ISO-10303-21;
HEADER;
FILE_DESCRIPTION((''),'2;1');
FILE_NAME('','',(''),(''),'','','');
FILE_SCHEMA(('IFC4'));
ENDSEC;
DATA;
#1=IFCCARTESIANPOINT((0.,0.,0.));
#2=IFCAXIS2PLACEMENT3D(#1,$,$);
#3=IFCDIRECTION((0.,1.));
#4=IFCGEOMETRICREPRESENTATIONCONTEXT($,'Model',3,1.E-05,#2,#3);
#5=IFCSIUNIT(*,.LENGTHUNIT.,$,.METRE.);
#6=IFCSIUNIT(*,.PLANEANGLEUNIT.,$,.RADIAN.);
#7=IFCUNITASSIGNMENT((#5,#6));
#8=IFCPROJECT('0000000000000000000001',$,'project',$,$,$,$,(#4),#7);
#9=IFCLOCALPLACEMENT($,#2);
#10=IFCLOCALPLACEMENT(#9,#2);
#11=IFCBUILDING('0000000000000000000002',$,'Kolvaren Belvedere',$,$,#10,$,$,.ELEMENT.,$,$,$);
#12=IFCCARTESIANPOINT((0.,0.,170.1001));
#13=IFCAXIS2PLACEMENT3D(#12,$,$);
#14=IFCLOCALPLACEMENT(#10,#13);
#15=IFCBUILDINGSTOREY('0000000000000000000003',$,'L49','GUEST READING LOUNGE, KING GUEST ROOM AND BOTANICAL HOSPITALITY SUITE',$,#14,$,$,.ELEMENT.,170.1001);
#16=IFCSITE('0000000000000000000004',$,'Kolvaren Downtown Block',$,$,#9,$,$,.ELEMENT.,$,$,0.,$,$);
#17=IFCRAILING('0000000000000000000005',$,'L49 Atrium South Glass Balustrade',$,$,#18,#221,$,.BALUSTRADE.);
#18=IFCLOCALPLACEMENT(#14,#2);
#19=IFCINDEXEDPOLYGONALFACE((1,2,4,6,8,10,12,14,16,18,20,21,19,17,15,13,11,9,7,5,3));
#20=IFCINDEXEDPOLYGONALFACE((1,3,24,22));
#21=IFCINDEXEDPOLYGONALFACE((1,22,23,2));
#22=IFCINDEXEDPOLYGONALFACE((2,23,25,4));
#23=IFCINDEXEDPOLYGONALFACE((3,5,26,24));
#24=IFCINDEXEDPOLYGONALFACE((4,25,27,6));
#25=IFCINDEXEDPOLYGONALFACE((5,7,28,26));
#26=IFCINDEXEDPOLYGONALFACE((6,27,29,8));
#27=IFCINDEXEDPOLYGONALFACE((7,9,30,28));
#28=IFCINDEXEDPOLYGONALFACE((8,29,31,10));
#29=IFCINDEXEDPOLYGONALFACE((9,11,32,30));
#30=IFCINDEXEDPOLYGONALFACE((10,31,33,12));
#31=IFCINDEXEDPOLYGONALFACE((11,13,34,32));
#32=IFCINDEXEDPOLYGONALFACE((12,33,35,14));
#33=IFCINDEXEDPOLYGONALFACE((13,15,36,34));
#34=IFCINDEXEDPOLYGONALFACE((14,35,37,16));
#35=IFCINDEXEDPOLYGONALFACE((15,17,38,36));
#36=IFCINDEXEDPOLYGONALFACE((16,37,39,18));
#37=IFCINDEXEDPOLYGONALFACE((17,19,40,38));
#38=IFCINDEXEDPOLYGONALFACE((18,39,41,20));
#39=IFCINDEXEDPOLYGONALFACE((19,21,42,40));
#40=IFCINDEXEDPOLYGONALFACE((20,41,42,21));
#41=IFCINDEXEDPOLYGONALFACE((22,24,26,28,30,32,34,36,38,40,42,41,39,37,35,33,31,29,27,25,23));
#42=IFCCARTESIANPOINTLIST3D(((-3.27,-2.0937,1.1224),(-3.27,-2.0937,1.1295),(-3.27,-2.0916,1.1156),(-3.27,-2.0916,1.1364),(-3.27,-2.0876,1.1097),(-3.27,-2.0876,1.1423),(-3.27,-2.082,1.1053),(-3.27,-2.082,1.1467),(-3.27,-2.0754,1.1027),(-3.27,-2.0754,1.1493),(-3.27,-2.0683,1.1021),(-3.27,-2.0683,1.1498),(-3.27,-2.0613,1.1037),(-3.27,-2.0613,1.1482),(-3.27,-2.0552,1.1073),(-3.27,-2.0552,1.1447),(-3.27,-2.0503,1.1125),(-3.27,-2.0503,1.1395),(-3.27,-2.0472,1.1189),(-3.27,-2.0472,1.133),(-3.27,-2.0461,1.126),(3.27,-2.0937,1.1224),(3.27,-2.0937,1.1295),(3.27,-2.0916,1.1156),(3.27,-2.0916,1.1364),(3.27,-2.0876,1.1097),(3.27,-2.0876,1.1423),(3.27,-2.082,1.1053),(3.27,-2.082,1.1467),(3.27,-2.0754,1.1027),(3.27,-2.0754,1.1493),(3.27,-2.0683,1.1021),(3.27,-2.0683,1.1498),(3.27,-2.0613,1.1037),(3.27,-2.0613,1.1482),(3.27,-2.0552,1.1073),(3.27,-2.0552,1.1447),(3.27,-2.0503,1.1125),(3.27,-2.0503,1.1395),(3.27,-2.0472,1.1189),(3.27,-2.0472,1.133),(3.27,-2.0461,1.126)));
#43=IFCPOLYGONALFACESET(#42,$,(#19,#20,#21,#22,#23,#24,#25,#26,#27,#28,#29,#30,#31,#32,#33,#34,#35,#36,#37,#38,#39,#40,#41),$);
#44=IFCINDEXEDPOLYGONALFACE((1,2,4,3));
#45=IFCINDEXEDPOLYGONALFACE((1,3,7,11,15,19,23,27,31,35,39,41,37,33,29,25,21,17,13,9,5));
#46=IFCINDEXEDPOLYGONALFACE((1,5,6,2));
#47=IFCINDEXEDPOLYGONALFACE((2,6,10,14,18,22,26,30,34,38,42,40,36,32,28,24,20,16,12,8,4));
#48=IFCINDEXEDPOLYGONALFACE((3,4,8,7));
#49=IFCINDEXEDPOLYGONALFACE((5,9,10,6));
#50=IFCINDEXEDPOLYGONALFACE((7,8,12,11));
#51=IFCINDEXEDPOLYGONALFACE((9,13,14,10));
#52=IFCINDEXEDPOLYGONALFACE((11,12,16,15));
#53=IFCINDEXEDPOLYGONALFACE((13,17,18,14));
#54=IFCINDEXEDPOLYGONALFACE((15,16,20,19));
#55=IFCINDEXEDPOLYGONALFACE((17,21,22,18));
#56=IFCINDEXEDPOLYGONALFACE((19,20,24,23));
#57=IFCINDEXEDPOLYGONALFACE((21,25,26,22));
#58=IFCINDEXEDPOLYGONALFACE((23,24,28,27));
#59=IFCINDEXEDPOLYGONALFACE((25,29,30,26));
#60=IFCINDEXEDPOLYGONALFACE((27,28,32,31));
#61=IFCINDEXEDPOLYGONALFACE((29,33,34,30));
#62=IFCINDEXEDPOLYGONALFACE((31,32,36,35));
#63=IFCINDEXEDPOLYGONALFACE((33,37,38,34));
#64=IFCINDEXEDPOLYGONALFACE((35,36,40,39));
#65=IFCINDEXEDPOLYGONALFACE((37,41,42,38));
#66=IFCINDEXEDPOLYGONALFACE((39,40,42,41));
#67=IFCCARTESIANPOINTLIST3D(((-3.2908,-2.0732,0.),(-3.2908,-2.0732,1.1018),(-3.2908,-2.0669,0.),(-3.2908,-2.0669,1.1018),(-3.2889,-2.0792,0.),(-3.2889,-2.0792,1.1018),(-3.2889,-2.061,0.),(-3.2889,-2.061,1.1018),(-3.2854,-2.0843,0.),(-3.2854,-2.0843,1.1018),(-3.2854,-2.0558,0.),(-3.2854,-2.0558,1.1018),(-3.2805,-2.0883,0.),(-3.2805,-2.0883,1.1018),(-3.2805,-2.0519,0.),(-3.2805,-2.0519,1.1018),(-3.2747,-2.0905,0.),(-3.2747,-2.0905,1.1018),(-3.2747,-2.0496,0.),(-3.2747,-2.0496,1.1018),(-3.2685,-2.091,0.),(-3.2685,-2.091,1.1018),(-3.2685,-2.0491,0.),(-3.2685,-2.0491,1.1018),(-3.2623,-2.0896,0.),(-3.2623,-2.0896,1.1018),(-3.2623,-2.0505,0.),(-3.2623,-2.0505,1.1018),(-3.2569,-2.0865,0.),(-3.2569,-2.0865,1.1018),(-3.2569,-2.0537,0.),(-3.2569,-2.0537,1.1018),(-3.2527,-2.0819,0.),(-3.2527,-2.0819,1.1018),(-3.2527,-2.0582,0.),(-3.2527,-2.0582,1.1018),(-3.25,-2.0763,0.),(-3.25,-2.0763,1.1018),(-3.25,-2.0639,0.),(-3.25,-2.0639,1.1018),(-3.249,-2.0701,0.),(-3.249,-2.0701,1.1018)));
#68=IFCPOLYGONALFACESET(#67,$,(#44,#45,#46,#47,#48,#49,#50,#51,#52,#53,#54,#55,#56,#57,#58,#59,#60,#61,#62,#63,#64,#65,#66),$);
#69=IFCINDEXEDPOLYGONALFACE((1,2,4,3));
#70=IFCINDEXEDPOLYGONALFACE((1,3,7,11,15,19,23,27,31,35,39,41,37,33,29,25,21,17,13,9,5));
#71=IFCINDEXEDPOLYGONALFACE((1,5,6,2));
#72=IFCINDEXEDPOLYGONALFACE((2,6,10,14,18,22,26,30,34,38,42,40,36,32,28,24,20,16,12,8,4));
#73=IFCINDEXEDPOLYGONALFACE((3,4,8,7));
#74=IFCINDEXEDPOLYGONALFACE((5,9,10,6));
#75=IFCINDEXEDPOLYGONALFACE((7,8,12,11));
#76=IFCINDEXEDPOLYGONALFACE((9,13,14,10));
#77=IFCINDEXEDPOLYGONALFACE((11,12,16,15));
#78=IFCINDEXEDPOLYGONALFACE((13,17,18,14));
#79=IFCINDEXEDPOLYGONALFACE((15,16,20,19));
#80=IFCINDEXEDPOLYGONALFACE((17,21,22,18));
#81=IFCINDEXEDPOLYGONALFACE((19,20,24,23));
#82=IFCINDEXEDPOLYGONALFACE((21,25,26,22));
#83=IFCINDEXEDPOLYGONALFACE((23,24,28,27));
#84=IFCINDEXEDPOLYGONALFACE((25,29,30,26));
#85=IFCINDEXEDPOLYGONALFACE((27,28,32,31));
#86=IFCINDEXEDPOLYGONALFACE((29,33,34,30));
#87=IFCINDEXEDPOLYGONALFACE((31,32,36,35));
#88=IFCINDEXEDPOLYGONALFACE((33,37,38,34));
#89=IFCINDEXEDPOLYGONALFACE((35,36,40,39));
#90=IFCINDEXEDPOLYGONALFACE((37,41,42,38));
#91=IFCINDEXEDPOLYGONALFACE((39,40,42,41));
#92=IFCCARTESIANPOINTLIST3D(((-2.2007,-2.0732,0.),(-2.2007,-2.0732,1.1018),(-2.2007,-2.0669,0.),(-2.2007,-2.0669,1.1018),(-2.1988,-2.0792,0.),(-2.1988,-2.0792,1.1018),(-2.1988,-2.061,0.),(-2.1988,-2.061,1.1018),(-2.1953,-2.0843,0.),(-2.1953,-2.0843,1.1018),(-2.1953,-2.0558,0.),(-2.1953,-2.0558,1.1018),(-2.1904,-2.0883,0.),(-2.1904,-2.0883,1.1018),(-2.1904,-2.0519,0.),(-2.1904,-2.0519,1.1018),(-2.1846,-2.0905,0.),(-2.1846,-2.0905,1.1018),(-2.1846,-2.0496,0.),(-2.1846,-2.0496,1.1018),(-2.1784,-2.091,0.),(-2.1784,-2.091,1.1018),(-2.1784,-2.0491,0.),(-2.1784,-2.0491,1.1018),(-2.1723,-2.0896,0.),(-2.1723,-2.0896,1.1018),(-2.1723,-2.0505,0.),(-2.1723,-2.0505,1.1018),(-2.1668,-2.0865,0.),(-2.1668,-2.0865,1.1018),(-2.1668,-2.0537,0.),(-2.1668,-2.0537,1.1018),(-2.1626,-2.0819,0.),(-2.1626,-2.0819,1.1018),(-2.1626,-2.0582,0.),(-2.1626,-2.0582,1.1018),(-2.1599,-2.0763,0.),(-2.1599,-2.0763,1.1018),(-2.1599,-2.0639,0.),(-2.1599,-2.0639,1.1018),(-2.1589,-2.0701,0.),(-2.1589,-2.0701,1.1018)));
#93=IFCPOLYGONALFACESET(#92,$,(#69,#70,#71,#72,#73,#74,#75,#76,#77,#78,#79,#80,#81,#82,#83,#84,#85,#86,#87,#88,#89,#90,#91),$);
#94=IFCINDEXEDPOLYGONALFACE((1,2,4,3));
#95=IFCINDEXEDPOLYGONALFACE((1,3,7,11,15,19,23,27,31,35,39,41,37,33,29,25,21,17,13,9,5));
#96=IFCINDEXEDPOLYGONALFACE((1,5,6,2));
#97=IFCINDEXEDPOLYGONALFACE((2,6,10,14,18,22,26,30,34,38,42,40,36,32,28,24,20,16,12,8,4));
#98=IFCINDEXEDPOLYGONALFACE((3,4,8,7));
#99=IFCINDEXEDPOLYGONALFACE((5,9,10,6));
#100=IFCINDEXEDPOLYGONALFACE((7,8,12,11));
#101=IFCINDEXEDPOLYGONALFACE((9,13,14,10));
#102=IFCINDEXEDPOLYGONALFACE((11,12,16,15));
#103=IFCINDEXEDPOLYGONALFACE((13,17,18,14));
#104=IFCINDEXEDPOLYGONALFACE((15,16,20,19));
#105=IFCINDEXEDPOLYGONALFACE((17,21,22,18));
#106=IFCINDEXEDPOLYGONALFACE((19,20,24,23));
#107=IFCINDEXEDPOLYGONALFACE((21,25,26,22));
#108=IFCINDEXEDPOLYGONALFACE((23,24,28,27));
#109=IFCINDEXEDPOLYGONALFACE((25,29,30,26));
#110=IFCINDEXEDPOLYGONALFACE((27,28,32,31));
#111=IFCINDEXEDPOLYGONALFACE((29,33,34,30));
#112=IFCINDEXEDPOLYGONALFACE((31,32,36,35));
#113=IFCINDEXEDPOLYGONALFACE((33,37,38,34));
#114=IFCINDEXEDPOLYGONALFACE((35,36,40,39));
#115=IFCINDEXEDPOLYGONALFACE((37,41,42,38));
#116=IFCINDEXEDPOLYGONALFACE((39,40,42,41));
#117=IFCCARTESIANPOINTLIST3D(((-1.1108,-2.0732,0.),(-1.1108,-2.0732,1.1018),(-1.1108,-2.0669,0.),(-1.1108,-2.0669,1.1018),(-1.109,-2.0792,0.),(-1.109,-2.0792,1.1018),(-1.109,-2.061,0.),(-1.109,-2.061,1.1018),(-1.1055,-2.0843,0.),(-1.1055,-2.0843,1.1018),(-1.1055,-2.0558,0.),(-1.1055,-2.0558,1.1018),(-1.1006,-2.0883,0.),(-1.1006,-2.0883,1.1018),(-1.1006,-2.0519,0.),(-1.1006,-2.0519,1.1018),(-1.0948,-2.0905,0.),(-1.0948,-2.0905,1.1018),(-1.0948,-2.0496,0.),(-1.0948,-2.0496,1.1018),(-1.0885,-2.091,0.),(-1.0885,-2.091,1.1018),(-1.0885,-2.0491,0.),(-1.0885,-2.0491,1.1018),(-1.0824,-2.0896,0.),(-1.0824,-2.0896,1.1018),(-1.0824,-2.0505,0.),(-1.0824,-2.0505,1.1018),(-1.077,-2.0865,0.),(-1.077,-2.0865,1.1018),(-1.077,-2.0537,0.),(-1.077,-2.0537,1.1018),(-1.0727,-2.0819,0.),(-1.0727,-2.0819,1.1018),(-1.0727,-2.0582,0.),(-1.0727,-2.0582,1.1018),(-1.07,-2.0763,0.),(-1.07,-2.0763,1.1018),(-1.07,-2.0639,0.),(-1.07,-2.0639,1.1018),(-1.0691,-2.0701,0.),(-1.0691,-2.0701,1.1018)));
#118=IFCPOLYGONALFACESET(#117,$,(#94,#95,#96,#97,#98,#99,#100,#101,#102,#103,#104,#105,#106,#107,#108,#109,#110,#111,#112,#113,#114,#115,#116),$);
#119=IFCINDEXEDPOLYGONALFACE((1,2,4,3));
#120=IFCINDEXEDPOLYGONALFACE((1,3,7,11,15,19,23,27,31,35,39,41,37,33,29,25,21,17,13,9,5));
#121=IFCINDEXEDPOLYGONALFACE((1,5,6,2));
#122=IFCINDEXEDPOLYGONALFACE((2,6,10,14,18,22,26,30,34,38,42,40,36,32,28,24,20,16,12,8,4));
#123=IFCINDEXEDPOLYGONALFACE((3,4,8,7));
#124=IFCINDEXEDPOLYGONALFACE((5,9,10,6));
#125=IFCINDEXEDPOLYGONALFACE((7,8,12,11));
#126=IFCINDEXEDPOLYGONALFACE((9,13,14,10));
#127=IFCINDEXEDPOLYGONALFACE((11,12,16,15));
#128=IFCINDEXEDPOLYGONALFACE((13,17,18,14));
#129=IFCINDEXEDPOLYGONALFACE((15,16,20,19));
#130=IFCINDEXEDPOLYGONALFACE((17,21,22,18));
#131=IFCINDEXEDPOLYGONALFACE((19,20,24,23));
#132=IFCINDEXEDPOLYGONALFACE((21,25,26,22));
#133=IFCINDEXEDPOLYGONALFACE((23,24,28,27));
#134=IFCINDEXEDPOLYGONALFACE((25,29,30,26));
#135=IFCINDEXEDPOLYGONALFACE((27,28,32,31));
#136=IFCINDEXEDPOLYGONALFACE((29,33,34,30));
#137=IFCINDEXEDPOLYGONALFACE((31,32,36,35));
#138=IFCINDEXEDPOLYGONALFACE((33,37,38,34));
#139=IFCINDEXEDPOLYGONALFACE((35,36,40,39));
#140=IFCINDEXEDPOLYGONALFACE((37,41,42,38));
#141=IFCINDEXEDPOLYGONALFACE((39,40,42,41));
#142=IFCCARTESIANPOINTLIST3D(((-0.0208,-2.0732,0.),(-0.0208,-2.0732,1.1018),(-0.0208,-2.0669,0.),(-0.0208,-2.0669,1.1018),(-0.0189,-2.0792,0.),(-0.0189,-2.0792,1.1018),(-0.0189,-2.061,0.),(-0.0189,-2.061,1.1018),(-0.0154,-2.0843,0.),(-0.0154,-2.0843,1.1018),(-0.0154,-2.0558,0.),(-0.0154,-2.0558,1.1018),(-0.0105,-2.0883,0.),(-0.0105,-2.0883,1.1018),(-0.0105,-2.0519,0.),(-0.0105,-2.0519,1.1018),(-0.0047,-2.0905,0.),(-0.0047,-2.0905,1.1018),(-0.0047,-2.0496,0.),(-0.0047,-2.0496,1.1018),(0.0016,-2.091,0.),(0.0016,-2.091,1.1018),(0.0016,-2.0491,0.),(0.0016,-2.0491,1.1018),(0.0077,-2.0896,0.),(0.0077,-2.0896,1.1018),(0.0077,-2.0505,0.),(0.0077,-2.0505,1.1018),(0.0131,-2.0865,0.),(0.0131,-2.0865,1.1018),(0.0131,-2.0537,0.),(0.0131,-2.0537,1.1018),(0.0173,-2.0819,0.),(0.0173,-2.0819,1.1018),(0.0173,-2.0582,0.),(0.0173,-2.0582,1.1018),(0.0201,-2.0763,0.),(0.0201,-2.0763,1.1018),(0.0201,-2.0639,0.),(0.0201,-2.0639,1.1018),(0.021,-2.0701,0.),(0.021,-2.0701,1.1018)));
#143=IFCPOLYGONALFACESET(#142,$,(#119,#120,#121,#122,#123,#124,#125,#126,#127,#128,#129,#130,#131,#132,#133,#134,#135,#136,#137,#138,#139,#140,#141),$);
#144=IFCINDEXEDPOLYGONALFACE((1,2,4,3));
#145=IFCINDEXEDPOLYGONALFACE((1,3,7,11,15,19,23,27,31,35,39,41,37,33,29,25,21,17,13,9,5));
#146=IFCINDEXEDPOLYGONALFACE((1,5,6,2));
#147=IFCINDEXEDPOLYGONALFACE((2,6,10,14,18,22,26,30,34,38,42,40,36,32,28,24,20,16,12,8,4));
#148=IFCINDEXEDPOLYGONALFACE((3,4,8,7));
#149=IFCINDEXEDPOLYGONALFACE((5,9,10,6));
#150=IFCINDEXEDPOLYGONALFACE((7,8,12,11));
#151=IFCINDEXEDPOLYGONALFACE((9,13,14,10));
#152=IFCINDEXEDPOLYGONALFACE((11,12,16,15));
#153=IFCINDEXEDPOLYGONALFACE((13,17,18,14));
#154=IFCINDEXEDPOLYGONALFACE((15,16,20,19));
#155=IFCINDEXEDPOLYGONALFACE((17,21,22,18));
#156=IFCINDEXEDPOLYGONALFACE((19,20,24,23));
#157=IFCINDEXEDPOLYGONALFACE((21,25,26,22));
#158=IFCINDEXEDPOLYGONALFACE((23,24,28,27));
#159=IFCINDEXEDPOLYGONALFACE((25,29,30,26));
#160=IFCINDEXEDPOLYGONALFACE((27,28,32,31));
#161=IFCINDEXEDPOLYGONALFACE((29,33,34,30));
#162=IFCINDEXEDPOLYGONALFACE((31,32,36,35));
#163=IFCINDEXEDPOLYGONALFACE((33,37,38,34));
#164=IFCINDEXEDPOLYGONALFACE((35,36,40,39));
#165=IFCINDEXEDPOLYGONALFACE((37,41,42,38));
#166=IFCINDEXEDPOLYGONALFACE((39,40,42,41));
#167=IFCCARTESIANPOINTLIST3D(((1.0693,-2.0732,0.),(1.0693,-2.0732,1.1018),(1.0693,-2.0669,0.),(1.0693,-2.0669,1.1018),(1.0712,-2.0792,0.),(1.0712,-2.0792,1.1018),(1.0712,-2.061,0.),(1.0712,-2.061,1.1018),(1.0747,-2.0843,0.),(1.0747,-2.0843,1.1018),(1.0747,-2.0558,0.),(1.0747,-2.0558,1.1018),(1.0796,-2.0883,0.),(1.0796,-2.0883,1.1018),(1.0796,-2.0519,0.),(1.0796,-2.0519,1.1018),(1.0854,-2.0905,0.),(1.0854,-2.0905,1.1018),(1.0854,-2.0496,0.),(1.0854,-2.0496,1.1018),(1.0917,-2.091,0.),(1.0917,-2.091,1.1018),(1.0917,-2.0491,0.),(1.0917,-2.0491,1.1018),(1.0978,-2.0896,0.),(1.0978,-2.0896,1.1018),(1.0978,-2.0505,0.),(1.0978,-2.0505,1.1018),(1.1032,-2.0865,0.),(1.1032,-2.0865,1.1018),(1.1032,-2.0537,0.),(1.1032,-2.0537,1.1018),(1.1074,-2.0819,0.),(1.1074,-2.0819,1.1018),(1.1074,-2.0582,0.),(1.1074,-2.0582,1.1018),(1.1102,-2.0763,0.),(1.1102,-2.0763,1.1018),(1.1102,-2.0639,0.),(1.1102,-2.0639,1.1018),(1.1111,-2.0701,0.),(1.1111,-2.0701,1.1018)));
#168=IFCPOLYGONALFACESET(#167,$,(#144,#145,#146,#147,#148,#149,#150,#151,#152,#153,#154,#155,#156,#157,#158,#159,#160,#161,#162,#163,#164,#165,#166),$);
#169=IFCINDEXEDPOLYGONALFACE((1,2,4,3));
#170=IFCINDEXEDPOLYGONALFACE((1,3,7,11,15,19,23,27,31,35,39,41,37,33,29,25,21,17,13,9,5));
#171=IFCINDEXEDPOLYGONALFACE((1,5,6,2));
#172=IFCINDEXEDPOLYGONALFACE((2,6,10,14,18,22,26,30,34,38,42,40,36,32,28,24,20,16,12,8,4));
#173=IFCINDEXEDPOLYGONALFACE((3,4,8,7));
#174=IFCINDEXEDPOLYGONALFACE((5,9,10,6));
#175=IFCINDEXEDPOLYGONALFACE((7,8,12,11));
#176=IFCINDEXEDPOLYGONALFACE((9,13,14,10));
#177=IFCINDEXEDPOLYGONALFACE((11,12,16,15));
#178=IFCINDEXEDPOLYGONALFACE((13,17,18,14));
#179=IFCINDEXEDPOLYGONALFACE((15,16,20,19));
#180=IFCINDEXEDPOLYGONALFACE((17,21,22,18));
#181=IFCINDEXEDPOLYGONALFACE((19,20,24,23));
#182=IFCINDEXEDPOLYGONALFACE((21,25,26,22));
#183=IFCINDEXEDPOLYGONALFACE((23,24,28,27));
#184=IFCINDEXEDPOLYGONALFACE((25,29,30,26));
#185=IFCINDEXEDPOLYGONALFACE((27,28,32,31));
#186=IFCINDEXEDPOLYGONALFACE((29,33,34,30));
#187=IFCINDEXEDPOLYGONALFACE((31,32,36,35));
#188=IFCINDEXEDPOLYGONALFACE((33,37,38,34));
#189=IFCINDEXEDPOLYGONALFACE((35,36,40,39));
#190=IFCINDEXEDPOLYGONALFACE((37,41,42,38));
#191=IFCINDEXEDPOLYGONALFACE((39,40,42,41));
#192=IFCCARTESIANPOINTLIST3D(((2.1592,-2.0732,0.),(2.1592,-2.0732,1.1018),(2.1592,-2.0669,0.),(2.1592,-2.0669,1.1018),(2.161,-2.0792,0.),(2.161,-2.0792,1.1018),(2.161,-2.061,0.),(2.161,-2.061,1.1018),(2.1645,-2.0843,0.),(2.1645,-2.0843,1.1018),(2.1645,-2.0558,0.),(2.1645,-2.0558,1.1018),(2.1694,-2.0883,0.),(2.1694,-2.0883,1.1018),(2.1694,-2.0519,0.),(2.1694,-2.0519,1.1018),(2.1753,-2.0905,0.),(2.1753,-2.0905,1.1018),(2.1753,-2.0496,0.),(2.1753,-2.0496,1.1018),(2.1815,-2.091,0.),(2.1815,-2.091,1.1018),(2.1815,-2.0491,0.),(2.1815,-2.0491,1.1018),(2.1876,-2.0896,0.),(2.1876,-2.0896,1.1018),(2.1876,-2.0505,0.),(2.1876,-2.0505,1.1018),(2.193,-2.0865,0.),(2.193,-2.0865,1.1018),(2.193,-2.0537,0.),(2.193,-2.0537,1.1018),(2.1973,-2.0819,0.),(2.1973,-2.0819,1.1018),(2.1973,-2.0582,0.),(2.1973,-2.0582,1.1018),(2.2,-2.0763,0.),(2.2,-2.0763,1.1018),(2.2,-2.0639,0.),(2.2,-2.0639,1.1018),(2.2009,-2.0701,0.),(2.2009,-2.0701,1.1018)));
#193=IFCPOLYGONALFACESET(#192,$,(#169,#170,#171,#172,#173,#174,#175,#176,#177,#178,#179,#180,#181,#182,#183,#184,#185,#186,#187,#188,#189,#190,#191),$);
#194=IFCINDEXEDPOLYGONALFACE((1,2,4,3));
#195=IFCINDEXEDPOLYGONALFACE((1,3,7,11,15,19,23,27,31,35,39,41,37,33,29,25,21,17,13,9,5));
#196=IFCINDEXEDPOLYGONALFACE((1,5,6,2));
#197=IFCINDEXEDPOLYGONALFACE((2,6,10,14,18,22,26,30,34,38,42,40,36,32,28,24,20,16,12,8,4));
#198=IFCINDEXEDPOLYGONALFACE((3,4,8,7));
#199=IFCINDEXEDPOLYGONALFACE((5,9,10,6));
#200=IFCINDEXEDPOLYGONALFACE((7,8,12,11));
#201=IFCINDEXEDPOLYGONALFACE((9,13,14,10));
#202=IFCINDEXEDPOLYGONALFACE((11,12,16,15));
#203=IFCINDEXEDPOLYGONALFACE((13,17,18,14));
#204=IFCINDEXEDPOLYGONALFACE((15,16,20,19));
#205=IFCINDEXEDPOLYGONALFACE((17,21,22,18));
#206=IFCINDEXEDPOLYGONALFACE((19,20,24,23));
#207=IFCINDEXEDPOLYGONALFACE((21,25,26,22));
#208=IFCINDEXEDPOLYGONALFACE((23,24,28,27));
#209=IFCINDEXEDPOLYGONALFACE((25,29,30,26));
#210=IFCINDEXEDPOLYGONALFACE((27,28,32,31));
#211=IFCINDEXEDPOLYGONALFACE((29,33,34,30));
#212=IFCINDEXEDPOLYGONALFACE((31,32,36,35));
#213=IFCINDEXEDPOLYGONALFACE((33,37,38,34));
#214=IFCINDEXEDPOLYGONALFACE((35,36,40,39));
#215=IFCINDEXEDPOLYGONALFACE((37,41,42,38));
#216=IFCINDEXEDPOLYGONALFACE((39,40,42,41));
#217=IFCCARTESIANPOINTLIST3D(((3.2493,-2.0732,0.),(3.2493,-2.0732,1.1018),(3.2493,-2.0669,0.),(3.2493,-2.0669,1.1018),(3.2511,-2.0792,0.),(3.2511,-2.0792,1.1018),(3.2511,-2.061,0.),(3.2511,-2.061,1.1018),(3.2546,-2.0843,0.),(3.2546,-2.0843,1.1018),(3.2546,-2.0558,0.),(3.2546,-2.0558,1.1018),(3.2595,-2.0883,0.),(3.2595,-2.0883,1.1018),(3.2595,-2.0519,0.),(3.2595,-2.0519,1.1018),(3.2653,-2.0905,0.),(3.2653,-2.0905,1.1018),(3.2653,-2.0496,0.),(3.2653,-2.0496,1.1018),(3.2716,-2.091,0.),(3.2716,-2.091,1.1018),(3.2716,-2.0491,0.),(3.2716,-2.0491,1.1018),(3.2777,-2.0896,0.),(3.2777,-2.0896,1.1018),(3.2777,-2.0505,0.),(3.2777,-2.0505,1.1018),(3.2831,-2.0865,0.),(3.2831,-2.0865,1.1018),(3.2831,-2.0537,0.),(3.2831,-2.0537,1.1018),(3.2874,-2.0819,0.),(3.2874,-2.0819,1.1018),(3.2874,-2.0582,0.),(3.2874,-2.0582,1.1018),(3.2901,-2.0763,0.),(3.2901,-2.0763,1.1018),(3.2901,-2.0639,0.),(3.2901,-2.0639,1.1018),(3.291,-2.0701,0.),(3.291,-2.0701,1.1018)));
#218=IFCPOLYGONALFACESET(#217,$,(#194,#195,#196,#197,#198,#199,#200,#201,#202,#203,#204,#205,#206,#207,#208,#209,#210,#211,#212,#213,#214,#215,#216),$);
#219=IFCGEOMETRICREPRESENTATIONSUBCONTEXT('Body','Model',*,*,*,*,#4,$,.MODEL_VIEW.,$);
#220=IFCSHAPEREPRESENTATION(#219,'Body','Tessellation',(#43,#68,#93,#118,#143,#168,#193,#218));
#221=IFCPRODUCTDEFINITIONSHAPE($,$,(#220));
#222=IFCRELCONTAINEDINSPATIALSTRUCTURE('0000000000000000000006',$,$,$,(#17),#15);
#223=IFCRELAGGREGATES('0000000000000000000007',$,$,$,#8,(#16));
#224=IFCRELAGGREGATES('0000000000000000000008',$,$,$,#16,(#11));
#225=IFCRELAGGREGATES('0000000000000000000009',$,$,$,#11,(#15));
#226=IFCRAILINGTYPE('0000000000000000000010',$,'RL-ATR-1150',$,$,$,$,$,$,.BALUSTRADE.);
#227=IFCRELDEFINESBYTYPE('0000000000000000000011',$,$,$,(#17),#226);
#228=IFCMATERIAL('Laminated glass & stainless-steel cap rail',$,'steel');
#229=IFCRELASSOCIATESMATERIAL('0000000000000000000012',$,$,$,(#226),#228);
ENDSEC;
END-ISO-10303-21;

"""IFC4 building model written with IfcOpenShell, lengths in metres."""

from ifc_helpers import new_model, si_unit, direction, frame, origin, origin_2d, place, context, subcontext, project, spatial, circle, extrude, material, type_object, element, save


model = new_model("IFC4")

# Units and contexts
model_context = context("Model", 3, precision=1e-05, world=origin(), true_north=direction((0.0, 1.0)))
body_context = subcontext(model_context, "Body", "Model", "MODEL_VIEW")
ifc_project = project(units=[si_unit("LENGTHUNIT", "METRE"), si_unit("PLANEANGLEUNIT", "RADIAN")], contexts=[model_context])

# Site, building, storey
site_placement = place(None, origin())
site = spatial("IfcSite", under=ifc_project, at=site_placement, Name="Kolvaren Downtown Block", CompositionType="ELEMENT", RefElevation=0.0)
building_placement = place(site_placement, origin())
building = spatial("IfcBuilding", under=site, at=building_placement, Name="Kolvaren Belvedere", CompositionType="ELEMENT")
storey_placement = place(building_placement, frame((0.0, 0.0, 170.1001)))
storey = spatial("IfcBuildingStorey", under=building, at=storey_placement, Name="L49", Description="GUEST READING LOUNGE, KING GUEST ROOM AND BOTANICAL HOSPITALITY SUITE", CompositionType="ELEMENT", Elevation=170.1001)

# Railing
ifc_material_1 = material(Name="Laminated glass & stainless-steel cap rail", Category="steel")
railing_type_1 = type_object("IfcRailingType", Name="RL-ATR-1150", PredefinedType="BALUSTRADE", material=ifc_material_1)
railing_1_placement = place(storey_placement, frame((-3.27, -2.0701, 0.0)))
element("IfcRailing", 1, at=railing_1_placement, inside=storey, type_object=railing_type_1, Name="L49 Atrium South Glass Balustrade", PredefinedType="BALUSTRADE", context=body_context, shape_type="SweptSolid", body=[
    extrude(circle(Radius=0.0239, at=origin_2d()), frame((0.0, 0.0, 1.126), z_axis=(1.0, 0.0, 0.0), x_axis=(0.0, 1.0, 0.0)), (0.0, 0.0, 1.0), 6.54),
    extrude(circle(Radius=0.021, at=origin_2d()), origin(), (0.0, 0.0, 1.0), 1.1018),
    extrude(circle(Radius=0.021, at=origin_2d()), frame((1.0901, 0.0, 0.0)), (0.0, 0.0, 1.0), 1.1018),
    extrude(circle(Radius=0.021, at=origin_2d()), frame((2.1799, 0.0, 0.0)), (0.0, 0.0, 1.0), 1.1018),
    extrude(circle(Radius=0.021, at=origin_2d()), frame((3.27, 0.0, 0.0)), (0.0, 0.0, 1.0), 1.1018),
    extrude(circle(Radius=0.021, at=origin_2d()), frame((4.3601, 0.0, 0.0)), (0.0, 0.0, 1.0), 1.1018),
    extrude(circle(Radius=0.021, at=origin_2d()), frame((5.45, 0.0, 0.0)), (0.0, 0.0, 1.0), 1.1018),
    extrude(circle(Radius=0.021, at=origin_2d()), frame((6.54, 0.0, 0.0)), (0.0, 0.0, 1.0), 1.1018),
])

save(model, "model.ifc")
